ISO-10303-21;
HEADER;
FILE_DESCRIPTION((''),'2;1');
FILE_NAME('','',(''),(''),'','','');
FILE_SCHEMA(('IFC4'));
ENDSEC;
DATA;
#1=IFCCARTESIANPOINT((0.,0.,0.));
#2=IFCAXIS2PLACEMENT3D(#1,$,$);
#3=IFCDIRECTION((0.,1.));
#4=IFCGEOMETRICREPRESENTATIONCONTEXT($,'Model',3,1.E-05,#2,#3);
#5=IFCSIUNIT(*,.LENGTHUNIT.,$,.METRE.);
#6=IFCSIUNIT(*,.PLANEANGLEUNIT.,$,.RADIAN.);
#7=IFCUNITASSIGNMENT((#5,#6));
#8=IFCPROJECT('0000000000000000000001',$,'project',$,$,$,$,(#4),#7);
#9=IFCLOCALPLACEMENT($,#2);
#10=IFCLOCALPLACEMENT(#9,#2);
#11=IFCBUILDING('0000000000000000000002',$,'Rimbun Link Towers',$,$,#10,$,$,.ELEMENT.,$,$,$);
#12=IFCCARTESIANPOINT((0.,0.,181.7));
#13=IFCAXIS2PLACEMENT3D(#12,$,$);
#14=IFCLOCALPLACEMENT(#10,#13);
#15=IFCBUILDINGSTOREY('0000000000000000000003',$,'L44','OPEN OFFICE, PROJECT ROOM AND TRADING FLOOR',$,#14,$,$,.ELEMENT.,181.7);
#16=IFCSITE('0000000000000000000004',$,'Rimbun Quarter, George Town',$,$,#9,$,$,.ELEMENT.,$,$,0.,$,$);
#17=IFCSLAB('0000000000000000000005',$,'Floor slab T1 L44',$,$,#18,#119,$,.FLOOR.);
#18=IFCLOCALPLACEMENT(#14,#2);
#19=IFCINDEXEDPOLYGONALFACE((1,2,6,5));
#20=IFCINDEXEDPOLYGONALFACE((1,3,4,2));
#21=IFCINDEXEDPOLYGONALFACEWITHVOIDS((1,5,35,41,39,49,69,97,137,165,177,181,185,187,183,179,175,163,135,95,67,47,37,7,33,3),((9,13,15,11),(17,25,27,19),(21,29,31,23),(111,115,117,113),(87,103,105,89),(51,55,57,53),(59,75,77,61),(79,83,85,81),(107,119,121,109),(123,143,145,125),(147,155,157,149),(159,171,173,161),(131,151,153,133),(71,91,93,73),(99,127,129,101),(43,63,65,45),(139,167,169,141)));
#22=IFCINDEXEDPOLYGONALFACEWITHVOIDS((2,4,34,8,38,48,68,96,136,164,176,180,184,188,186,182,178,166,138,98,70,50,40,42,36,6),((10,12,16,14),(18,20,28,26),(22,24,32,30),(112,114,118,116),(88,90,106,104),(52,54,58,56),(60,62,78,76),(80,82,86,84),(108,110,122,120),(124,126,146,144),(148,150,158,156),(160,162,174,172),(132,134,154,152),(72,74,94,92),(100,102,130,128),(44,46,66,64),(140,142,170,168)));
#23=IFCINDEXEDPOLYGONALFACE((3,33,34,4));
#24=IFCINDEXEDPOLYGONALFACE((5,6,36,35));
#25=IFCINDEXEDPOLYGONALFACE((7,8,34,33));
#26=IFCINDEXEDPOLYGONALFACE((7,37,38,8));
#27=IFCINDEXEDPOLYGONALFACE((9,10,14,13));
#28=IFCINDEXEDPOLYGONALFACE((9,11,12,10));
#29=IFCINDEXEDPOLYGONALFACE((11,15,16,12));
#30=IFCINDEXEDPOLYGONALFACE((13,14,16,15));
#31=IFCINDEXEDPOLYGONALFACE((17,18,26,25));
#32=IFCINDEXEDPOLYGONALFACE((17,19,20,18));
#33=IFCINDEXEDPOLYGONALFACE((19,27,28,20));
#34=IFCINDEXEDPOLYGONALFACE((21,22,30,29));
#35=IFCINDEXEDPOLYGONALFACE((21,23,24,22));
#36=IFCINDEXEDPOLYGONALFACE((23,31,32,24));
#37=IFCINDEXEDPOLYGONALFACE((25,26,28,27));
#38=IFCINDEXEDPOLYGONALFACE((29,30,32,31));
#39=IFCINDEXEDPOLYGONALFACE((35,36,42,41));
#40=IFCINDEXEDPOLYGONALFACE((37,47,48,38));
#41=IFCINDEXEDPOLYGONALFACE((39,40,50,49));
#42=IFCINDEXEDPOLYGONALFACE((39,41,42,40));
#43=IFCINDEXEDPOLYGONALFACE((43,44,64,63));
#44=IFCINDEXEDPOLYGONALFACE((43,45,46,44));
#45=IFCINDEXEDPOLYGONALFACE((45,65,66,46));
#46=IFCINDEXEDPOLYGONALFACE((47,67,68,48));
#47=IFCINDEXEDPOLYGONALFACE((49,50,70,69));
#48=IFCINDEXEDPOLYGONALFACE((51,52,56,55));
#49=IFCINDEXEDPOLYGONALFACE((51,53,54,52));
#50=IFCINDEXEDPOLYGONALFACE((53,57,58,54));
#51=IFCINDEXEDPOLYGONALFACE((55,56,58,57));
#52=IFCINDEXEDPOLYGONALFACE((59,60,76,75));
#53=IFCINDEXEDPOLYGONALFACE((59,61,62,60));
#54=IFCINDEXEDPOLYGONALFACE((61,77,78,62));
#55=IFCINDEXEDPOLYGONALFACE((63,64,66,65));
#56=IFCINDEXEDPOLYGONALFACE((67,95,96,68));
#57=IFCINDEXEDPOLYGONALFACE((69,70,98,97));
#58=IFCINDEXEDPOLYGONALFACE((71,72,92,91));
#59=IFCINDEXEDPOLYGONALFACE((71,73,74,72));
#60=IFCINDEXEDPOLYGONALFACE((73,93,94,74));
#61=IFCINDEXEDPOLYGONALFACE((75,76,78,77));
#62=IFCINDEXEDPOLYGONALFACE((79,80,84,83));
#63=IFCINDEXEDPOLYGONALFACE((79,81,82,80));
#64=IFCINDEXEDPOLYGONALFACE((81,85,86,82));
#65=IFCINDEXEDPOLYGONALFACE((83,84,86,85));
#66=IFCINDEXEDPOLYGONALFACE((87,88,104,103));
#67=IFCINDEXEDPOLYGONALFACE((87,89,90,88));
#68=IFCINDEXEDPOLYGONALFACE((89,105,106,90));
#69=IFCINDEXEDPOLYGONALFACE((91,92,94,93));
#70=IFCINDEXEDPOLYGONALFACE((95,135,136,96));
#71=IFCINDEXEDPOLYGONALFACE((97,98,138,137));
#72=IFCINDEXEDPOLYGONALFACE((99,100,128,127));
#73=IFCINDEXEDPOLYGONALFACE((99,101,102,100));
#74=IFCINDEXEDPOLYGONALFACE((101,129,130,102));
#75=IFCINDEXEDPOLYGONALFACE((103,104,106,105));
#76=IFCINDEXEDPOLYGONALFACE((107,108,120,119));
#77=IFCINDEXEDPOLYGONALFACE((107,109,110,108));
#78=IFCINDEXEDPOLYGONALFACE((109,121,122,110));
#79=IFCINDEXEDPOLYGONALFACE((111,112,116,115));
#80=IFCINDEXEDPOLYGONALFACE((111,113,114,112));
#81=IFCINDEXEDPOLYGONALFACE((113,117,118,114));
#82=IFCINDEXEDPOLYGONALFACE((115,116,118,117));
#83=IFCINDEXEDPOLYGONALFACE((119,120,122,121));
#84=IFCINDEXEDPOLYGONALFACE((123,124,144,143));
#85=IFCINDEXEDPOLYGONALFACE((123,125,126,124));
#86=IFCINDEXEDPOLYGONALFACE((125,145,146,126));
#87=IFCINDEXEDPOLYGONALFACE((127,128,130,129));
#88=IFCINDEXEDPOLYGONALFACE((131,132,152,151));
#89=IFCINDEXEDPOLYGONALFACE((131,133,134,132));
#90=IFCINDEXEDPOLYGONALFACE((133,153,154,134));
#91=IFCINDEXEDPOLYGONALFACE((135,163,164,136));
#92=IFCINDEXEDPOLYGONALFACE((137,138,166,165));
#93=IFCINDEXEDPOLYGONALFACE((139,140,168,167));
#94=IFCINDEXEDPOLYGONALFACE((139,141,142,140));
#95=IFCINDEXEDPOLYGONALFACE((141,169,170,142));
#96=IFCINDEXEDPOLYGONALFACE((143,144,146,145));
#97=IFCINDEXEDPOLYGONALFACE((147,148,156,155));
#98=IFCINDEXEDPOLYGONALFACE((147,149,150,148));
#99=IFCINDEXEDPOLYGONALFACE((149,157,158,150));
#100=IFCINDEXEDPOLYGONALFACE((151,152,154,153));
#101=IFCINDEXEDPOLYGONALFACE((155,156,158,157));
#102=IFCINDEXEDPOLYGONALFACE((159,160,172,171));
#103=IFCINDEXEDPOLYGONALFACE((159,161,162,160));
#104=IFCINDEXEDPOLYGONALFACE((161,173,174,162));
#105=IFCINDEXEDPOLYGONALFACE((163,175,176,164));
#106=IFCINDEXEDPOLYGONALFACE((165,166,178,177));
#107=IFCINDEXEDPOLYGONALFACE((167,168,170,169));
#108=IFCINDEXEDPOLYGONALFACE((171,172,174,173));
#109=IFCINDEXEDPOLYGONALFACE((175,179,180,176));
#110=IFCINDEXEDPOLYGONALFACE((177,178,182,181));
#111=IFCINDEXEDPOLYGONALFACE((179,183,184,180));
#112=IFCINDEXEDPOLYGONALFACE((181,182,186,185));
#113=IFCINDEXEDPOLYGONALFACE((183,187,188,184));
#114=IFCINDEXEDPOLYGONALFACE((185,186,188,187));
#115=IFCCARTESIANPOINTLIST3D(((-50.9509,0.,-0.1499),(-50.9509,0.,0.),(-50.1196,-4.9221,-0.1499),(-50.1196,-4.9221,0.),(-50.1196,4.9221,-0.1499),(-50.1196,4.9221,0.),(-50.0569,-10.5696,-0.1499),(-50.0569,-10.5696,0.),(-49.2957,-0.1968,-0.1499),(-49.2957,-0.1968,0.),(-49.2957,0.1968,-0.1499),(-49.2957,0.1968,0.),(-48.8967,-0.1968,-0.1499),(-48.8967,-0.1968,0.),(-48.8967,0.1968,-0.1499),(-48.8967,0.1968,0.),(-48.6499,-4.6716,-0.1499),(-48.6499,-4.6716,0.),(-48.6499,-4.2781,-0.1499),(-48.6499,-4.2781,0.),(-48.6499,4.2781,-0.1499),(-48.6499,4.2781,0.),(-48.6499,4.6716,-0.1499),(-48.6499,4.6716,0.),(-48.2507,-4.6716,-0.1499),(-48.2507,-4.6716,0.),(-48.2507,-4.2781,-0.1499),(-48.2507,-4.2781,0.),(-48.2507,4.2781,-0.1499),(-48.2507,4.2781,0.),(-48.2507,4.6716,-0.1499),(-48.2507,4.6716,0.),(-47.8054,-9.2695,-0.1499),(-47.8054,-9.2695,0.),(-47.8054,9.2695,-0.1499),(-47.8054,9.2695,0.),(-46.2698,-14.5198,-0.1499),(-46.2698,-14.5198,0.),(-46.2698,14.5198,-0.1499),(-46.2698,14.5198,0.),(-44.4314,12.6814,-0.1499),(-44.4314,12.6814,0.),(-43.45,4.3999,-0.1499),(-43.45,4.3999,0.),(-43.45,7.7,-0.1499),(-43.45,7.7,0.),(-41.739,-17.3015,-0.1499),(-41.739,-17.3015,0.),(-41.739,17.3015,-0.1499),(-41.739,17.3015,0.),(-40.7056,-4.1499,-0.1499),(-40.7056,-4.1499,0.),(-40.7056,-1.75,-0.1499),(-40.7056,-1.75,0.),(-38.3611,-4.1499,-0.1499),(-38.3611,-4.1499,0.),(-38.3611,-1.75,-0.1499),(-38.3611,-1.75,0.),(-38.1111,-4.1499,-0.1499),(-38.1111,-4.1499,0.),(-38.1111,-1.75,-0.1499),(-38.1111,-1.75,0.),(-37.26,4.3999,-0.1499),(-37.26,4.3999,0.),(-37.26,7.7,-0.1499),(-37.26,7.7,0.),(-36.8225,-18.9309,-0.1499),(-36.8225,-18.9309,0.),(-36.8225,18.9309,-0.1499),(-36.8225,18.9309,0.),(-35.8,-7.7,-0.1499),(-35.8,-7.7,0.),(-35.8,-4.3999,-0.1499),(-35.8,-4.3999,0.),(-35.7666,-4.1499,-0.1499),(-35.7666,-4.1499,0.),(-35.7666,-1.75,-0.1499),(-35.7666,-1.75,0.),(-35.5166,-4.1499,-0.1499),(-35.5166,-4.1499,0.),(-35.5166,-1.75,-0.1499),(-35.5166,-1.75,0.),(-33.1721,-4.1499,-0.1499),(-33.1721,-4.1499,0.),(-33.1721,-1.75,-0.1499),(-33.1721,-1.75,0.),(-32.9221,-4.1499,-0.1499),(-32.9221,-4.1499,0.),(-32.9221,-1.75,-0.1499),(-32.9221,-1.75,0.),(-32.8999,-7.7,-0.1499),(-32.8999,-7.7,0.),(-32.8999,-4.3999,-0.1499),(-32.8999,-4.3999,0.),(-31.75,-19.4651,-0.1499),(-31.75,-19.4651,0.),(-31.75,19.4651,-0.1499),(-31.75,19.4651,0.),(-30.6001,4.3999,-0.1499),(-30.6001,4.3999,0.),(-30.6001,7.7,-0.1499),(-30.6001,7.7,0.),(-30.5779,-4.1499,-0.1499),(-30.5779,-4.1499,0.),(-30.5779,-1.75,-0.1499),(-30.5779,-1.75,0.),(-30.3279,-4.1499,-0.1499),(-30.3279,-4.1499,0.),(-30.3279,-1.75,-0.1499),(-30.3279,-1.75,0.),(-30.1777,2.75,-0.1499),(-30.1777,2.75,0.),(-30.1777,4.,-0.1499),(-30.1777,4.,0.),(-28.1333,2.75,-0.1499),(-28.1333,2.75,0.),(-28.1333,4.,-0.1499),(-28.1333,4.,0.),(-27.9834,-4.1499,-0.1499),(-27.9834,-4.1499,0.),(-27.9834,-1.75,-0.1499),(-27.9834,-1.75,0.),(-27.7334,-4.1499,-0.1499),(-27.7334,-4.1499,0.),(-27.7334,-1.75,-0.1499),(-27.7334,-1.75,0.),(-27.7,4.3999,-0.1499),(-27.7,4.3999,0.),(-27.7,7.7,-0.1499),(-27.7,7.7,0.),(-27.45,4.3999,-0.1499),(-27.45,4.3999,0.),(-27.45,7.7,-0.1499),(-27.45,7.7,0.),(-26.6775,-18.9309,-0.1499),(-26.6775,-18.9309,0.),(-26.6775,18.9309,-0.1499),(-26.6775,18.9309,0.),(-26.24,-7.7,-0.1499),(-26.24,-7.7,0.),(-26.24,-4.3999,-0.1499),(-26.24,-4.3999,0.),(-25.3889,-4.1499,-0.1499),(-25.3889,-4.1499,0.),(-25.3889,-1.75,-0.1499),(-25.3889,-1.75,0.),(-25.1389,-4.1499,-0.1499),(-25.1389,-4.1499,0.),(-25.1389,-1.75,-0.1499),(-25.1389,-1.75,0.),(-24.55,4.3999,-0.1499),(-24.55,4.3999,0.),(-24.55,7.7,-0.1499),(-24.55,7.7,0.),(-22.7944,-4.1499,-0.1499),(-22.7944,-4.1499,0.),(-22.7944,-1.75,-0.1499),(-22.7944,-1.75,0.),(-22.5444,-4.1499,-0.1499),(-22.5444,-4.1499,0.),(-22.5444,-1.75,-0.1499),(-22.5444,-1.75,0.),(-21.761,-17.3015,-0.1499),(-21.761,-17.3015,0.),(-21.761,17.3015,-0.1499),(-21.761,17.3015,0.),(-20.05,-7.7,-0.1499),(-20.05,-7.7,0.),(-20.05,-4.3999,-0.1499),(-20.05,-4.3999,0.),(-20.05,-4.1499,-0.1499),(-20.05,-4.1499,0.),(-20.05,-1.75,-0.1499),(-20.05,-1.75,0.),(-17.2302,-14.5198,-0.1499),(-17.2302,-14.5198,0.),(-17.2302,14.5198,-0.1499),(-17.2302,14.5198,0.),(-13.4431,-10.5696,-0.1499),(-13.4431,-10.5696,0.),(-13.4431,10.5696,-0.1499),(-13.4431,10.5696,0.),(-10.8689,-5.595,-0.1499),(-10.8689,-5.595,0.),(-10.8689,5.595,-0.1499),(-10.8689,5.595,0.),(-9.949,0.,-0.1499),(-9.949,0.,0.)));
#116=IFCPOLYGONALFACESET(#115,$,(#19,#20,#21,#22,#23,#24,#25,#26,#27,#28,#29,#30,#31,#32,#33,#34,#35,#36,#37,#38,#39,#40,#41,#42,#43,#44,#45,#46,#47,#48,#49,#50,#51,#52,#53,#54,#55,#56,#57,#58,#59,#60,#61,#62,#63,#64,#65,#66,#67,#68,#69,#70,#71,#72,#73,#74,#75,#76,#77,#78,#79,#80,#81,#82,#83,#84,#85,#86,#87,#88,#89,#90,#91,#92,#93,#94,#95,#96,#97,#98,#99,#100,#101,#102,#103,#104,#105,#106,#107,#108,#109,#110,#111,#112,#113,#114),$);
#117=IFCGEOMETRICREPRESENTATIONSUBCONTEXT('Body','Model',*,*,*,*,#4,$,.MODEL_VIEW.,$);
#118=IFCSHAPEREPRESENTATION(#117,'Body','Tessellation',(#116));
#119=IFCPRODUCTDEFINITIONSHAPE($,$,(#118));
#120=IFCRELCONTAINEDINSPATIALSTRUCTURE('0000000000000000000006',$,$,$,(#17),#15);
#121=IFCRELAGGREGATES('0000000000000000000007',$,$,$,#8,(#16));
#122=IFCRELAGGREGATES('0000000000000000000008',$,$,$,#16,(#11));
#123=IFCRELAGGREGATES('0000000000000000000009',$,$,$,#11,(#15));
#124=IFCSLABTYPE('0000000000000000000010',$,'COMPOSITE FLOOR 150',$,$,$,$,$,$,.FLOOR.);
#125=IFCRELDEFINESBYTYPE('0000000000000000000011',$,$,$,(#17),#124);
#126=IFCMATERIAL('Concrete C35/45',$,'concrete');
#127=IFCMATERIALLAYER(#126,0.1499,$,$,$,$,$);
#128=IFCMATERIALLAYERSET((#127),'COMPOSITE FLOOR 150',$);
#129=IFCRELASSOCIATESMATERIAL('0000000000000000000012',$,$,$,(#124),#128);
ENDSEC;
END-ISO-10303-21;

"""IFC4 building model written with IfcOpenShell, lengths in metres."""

from ifc_helpers import new_model, si_unit, direction, frame, origin, place, context, subcontext, project, spatial, polyline, outline, extrude, material, layer, layer_set, type_object, element, save


model = new_model("IFC4")

# Units and contexts
model_context = context("Model", 3, precision=1e-05, world=origin(), true_north=direction((0.0, 1.0)))
body_context = subcontext(model_context, "Body", "Model", "MODEL_VIEW")
ifc_project = project(units=[si_unit("LENGTHUNIT", "METRE"), si_unit("PLANEANGLEUNIT", "RADIAN")], contexts=[model_context])

# Site, building, storey
site_placement = place(None, origin())
site = spatial("IfcSite", under=ifc_project, at=site_placement, Name="Rimbun Quarter, George Town", CompositionType="ELEMENT", RefElevation=0.0)
building_placement = place(site_placement, origin())
building = spatial("IfcBuilding", under=site, at=building_placement, Name="Rimbun Link Towers", CompositionType="ELEMENT")
storey_placement = place(building_placement, frame((0.0, 0.0, 181.7)))
storey = spatial("IfcBuildingStorey", under=building, at=storey_placement, Name="L44", Description="OPEN OFFICE, PROJECT ROOM AND TRADING FLOOR", CompositionType="ELEMENT", Elevation=181.7)

# Slab
ifc_material_1 = material(Name="Concrete C35/45", Category="concrete")
ifc_layer_1 = layer(ifc_material_1, 0.1499)
ifc_layer_set_1 = layer_set([ifc_layer_1], Name="COMPOSITE FLOOR 150")
slab_type_1 = type_object("IfcSlabType", Name="COMPOSITE FLOOR 150", PredefinedType="FLOOR", material=ifc_layer_set_1)
slab_1_placement = place(storey_placement, frame((0.0, 0.0, -0.1499)))
element("IfcSlab", 1, at=slab_1_placement, inside=storey, type_object=slab_type_1, Name="Floor slab T1 L44", PredefinedType="FLOOR", context=body_context, shape_type="SweptSolid", body=[
    extrude(outline(polyline([(-41.739, 17.3015), (-36.8225, 18.9309), (-31.75, 19.4651), (-26.6775, 18.9309), (-21.761, 17.3015), (-17.2302, 14.5198), (-13.4431, 10.5696), (-10.8689, 5.595), (-9.949, 0.0), (-10.8689, -5.595), (-13.4431, -10.5696), (-17.2302, -14.5198), (-21.761, -17.3015), (-26.6775, -18.9309), (-31.75, -19.4651), (-36.8225, -18.9309), (-41.739, -17.3015), (-46.2698, -14.5198), (-50.0569, -10.5696), (-47.8054, -9.2695), (-50.1196, -4.9221), (-50.9509, 0.0), (-50.1196, 4.9221), (-47.8054, 9.2695), (-44.4314, 12.6814), (-46.2698, 14.5198), (-41.739, 17.3015)]), holes=[polyline([(-32.8999, -7.7), (-32.8999, -4.3999), (-35.8, -4.3999), (-35.8, -7.7), (-32.8999, -7.7)]), polyline([(-48.2507, -4.6716), (-48.2507, -4.2781), (-48.6499, -4.2781), (-48.6499, -4.6716), (-48.2507, -4.6716)]), polyline([(-38.3611, -4.1499), (-38.3611, -1.75), (-40.7056, -1.75), (-40.7056, -4.1499), (-38.3611, -4.1499)]), polyline([(-35.7666, -4.1499), (-35.7666, -1.75), (-38.1111, -1.75), (-38.1111, -4.1499), (-35.7666, -4.1499)]), polyline([(-33.1721, -4.1499), (-33.1721, -1.75), (-35.5166, -1.75), (-35.5166, -4.1499), (-33.1721, -4.1499)]), polyline([(-30.5779, -4.1499), (-30.5779, -1.75), (-32.9221, -1.75), (-32.9221, -4.1499), (-30.5779, -4.1499)]), polyline([(-48.8967, -0.1968), (-48.8967, 0.1968), (-49.2957, 0.1968), (-49.2957, -0.1968), (-48.8967, -0.1968)]), polyline([(-48.2507, 4.2781), (-48.2507, 4.6716), (-48.6499, 4.6716), (-48.6499, 4.2781), (-48.2507, 4.2781)]), polyline([(-37.26, 4.3999), (-37.26, 7.7), (-43.45, 7.7), (-43.45, 4.3999), (-37.26, 4.3999)]), polyline([(-20.05, -7.7), (-20.05, -4.3999), (-26.24, -4.3999), (-26.24, -7.7), (-20.05, -7.7)]), polyline([(-27.9834, -4.1499), (-27.9834, -1.75), (-30.3279, -1.75), (-30.3279, -4.1499), (-27.9834, -4.1499)]), polyline([(-25.3889, -4.1499), (-25.3889, -1.75), (-27.7334, -1.75), (-27.7334, -4.1499), (-25.3889, -4.1499)]), polyline([(-22.7944, -4.1499), (-22.7944, -1.75), (-25.1389, -1.75), (-25.1389, -4.1499), (-22.7944, -4.1499)]), polyline([(-20.05, -4.1499), (-20.05, -1.75), (-22.5444, -1.75), (-22.5444, -4.1499), (-20.05, -4.1499)]), polyline([(-30.1777, 2.75), (-28.1333, 2.75), (-28.1333, 4.0), (-30.1777, 4.0), (-30.1777, 2.75)]), polyline([(-30.6001, 4.3999), (-27.7, 4.3999), (-27.7, 7.7), (-30.6001, 7.7), (-30.6001, 4.3999)]), polyline([(-27.45, 4.3999), (-24.55, 4.3999), (-24.55, 7.7), (-27.45, 7.7), (-27.45, 4.3999)])]), origin(), (0.0, 0.0, 1.0), 0.1499),
])

save(model, "model.ifc")
